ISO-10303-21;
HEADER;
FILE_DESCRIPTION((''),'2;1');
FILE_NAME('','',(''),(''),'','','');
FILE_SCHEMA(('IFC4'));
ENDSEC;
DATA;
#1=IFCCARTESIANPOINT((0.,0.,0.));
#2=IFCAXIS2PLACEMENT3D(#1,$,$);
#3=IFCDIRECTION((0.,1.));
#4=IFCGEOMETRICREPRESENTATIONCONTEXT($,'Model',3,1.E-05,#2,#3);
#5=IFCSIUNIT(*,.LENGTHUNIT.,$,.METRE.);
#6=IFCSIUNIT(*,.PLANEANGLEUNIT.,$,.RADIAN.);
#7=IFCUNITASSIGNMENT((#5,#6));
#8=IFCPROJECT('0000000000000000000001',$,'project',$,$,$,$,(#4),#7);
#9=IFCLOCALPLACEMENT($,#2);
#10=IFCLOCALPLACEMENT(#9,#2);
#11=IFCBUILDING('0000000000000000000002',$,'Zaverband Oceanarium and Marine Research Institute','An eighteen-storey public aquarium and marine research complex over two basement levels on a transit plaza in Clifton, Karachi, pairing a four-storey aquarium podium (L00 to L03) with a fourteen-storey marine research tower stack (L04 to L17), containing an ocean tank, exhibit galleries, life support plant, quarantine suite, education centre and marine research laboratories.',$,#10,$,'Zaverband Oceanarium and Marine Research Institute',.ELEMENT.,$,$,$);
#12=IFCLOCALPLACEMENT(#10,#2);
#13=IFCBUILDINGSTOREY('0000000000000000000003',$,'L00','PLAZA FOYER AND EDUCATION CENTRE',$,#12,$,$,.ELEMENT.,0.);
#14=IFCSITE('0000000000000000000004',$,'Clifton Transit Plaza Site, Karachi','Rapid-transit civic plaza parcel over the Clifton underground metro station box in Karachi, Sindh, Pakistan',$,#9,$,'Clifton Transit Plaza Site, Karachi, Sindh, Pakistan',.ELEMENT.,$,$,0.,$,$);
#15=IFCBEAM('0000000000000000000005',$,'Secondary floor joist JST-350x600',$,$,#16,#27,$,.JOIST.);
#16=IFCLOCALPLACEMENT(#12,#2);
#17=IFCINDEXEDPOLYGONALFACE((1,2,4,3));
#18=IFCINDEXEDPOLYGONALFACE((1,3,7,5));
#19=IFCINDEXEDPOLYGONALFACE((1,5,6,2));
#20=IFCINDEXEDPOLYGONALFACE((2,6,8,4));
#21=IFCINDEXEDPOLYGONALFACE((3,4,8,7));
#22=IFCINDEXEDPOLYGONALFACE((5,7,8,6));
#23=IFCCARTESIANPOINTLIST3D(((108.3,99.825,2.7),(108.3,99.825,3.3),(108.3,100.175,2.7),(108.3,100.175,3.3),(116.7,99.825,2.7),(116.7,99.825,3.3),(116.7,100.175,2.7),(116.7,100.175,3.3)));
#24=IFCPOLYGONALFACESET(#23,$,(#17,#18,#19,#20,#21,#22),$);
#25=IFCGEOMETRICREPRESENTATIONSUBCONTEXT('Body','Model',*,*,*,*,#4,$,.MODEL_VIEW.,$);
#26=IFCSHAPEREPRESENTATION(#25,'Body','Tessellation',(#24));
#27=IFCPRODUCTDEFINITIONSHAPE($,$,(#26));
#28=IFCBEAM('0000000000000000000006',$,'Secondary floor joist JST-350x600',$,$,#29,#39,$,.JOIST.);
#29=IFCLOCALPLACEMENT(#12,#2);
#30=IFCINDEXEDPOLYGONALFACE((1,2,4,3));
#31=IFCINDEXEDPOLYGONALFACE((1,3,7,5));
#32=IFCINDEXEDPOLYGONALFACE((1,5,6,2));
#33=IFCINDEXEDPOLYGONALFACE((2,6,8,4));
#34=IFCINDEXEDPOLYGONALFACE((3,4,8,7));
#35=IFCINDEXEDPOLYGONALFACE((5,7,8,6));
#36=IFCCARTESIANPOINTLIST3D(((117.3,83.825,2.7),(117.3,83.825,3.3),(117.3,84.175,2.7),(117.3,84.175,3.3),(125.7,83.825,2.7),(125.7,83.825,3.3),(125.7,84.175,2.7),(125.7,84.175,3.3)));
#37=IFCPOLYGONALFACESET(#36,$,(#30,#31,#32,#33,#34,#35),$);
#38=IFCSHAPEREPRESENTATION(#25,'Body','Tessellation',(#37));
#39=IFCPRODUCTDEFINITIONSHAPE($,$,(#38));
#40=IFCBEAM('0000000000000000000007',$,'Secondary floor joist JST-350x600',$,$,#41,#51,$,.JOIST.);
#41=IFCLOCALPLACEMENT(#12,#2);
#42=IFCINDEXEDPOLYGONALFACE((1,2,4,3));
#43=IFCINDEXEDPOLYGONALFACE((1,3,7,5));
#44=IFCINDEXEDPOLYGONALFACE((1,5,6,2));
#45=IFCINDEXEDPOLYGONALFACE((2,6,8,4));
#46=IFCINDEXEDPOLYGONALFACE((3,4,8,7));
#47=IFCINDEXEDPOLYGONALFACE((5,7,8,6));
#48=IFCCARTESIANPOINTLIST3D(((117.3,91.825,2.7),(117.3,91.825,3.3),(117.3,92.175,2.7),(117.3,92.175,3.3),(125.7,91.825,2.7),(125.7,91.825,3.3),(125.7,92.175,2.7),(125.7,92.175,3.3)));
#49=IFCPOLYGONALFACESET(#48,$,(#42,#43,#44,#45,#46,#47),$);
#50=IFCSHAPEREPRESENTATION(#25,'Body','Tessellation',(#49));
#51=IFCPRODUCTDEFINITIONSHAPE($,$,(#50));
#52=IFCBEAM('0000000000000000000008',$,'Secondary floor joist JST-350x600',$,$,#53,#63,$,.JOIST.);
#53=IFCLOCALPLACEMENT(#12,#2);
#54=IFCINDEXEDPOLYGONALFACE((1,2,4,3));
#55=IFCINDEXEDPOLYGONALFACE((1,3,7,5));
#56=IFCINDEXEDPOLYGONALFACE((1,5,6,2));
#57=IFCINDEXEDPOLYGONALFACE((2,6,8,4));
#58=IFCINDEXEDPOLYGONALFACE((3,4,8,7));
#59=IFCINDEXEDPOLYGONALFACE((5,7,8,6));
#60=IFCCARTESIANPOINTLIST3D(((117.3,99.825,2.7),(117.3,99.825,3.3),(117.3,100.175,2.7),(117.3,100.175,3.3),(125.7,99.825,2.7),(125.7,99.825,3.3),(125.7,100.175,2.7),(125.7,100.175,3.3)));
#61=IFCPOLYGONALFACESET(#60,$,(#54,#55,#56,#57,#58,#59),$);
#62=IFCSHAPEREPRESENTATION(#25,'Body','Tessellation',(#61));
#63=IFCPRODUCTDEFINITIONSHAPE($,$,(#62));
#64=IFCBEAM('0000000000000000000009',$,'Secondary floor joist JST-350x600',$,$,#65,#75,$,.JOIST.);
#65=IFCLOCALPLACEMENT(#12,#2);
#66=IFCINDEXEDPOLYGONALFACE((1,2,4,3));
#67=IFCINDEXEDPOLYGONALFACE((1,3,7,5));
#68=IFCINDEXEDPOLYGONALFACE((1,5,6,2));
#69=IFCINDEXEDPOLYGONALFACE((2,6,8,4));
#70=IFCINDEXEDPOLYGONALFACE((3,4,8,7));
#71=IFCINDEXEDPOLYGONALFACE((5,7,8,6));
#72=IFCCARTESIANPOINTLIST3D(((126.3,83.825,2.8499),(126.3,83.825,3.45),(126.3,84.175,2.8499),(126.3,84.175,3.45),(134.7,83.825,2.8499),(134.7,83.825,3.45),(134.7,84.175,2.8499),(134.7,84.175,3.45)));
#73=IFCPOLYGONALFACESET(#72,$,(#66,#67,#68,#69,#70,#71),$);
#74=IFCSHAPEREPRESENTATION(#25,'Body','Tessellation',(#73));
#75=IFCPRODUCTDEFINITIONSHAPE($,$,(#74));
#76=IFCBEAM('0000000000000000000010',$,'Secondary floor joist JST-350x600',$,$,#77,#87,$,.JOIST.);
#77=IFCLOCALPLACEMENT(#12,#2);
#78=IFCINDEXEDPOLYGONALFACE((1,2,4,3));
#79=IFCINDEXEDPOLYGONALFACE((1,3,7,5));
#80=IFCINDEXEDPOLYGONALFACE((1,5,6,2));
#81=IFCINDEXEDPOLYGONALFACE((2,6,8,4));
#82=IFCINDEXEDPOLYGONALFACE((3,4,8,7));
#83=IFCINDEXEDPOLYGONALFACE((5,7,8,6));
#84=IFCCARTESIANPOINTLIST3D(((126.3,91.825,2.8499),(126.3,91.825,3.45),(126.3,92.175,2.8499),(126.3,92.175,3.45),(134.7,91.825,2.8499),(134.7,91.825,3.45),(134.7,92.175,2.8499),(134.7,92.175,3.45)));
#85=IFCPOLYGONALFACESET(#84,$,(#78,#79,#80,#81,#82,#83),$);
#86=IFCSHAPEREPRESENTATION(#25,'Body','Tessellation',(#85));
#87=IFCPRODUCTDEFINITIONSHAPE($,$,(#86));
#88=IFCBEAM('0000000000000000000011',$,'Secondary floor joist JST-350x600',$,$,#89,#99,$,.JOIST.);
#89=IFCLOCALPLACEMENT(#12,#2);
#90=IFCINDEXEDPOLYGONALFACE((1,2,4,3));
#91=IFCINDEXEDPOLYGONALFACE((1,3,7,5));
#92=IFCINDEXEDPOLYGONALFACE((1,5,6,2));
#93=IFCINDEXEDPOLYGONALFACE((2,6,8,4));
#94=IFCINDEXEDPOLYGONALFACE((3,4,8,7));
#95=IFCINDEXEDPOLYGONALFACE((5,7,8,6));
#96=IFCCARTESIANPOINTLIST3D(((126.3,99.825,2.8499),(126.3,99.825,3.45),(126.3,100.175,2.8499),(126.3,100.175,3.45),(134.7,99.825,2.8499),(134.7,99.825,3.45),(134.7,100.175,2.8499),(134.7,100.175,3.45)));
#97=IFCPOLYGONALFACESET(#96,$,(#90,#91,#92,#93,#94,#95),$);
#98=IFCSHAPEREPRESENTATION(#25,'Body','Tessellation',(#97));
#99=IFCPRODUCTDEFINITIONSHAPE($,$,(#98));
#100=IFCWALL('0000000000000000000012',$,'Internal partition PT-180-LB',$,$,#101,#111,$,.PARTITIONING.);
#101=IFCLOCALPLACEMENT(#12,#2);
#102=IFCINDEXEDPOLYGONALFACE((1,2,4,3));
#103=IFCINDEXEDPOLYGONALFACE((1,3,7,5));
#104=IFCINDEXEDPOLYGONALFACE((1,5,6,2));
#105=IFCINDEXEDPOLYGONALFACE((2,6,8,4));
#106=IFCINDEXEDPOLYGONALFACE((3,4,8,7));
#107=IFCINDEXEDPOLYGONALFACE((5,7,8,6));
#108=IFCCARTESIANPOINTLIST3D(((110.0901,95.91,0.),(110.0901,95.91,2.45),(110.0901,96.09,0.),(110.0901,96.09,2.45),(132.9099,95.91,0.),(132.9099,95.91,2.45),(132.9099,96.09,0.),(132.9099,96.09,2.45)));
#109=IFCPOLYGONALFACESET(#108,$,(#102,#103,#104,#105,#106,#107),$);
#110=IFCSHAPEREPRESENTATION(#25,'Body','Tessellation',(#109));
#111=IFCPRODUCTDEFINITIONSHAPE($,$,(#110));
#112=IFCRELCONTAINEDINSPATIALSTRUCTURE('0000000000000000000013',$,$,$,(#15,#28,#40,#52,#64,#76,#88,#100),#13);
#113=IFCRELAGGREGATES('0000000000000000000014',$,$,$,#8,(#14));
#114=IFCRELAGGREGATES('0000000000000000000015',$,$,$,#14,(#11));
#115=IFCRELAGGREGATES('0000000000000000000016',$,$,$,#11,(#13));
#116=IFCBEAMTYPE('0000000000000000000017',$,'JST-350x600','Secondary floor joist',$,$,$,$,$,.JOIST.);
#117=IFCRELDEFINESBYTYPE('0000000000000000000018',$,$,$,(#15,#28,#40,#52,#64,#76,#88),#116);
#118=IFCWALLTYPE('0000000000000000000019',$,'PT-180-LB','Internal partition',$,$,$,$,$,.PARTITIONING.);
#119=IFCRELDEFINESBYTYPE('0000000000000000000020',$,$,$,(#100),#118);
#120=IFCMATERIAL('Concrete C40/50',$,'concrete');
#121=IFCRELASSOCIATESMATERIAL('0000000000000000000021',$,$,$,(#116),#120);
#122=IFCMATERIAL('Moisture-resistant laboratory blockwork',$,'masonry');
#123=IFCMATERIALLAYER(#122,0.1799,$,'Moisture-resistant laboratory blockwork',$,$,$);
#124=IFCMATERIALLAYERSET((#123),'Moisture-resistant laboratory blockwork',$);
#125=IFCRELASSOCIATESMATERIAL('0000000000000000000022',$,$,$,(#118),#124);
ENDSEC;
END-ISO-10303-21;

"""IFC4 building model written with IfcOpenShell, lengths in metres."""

from ifc_helpers import new_model, si_unit, direction, frame, frame_2d, origin, origin_2d, place, context, subcontext, project, spatial, rectangle, extrude, material, layer, layer_set, material_profile, profile_set, type_object, element, save


model = new_model("IFC4")

# Units and contexts
model_context = context("Model", 3, precision=1e-05, world=origin(), true_north=direction((0.0, 1.0)))
body_context = subcontext(model_context, "Body", "Model", "MODEL_VIEW")
ifc_project = project(units=[si_unit("LENGTHUNIT", "METRE"), si_unit("PLANEANGLEUNIT", "RADIAN")], contexts=[model_context])

# Site, building, storey
site_placement = place(None, origin())
site = spatial("IfcSite", under=ifc_project, at=site_placement, Name="Clifton Transit Plaza Site, Karachi", Description="Rapid-transit civic plaza parcel over the Clifton underground metro station box in Karachi, Sindh, Pakistan", LongName="Clifton Transit Plaza Site, Karachi, Sindh, Pakistan", CompositionType="ELEMENT", RefElevation=0.0)
building_placement = place(site_placement, origin())
building = spatial("IfcBuilding", under=site, at=building_placement, Name="Zaverband Oceanarium and Marine Research Institute", Description="An eighteen-storey public aquarium and marine research complex over two basement levels on a transit plaza in Clifton, Karachi, pairing a four-storey aquarium podium (L00 to L03) with a fourteen-storey marine research tower stack (L04 to L17), containing an ocean tank, exhibit galleries, life support plant, quarantine suite, education centre and marine research laboratories.", LongName="Zaverband Oceanarium and Marine Research Institute", CompositionType="ELEMENT")
storey_placement = place(building_placement, origin())
storey = spatial("IfcBuildingStorey", under=building, at=storey_placement, Name="L00", Description="PLAZA FOYER AND EDUCATION CENTRE", CompositionType="ELEMENT", Elevation=0.0)

# Beams
ifc_material_1 = material(Name="Concrete C40/50", Category="concrete")
ifc_material_profile_1 = material_profile(ifc_material_1, rectangle(XDim=0.3501, YDim=0.6001, at=origin_2d()), Name="RC350x600")
ifc_profile_set_1 = profile_set([ifc_material_profile_1], Name="Concrete C40/50")
beam_type_1 = type_object("IfcBeamType", Name="JST-350x600", Description="Secondary floor joist", PredefinedType="JOIST", material=ifc_profile_set_1)
for number, where, z_axis, x_axis, name in (
    (1, (108.3, 100.0, 3.0), (1.0, 0.0, 0.0), (0.0, 1.0, 0.0), "Secondary floor joist JST-350x600"),
    (2, (117.3, 84.0, 3.0), (1.0, 0.0, 0.0), (0.0, 1.0, 0.0), "Secondary floor joist JST-350x600"),
    (3, (117.3, 92.0, 3.0), (1.0, 0.0, 0.0), (0.0, 1.0, 0.0), "Secondary floor joist JST-350x600"),
    (4, (117.3, 100.0, 3.0), (1.0, 0.0, 0.0), (0.0, 1.0, 0.0), "Secondary floor joist JST-350x600"),
    (5, (126.3, 84.0, 3.1499), (1.0, 0.0, 0.0), (0.0, 1.0, 0.0), "Secondary floor joist JST-350x600"),
    (6, (126.3, 92.0, 3.1499), (1.0, 0.0, 0.0), (0.0, 1.0, 0.0), "Secondary floor joist JST-350x600"),
    (7, (126.3, 100.0, 3.1499), (1.0, 0.0, 0.0), (0.0, 1.0, 0.0), "Secondary floor joist JST-350x600"),
):
    element("IfcBeam", number, at=place(storey_placement, frame(where, z_axis=z_axis, x_axis=x_axis)), inside=storey, type_object=beam_type_1, Name=name, PredefinedType="JOIST", context=body_context, shape_type="SweptSolid", body=[
        extrude(rectangle(XDim=0.3501, YDim=0.6001, at=origin_2d()), origin(), (0.0, 0.0, 1.0), 8.3999),
    ])

# Wall
ifc_material_2 = material(Name="Moisture-resistant laboratory blockwork", Category="masonry")
ifc_layer = layer(ifc_material_2, 0.1799, Name="Moisture-resistant laboratory blockwork")
ifc_layer_set = layer_set([ifc_layer], Name="Moisture-resistant laboratory blockwork")
wall_type = type_object("IfcWallType", Name="PT-180-LB", Description="Internal partition", PredefinedType="PARTITIONING", material=ifc_layer_set)
wall_placement = place(storey_placement, frame((110.0901, 96.0, 0.0), z_axis=(0.0, 0.0, 1.0), x_axis=(1.0, 0.0, 0.0)))
element("IfcWall", 8, at=wall_placement, inside=storey, type_object=wall_type, Name="Internal partition PT-180-LB", PredefinedType="PARTITIONING", context=body_context, shape_type="SweptSolid", body=[
    extrude(rectangle(XDim=22.8198, YDim=0.1799, at=frame_2d((11.4099, 0.0))), origin(), (0.0, 0.0, 1.0), 2.45),
])

save(model, "model.ifc")
